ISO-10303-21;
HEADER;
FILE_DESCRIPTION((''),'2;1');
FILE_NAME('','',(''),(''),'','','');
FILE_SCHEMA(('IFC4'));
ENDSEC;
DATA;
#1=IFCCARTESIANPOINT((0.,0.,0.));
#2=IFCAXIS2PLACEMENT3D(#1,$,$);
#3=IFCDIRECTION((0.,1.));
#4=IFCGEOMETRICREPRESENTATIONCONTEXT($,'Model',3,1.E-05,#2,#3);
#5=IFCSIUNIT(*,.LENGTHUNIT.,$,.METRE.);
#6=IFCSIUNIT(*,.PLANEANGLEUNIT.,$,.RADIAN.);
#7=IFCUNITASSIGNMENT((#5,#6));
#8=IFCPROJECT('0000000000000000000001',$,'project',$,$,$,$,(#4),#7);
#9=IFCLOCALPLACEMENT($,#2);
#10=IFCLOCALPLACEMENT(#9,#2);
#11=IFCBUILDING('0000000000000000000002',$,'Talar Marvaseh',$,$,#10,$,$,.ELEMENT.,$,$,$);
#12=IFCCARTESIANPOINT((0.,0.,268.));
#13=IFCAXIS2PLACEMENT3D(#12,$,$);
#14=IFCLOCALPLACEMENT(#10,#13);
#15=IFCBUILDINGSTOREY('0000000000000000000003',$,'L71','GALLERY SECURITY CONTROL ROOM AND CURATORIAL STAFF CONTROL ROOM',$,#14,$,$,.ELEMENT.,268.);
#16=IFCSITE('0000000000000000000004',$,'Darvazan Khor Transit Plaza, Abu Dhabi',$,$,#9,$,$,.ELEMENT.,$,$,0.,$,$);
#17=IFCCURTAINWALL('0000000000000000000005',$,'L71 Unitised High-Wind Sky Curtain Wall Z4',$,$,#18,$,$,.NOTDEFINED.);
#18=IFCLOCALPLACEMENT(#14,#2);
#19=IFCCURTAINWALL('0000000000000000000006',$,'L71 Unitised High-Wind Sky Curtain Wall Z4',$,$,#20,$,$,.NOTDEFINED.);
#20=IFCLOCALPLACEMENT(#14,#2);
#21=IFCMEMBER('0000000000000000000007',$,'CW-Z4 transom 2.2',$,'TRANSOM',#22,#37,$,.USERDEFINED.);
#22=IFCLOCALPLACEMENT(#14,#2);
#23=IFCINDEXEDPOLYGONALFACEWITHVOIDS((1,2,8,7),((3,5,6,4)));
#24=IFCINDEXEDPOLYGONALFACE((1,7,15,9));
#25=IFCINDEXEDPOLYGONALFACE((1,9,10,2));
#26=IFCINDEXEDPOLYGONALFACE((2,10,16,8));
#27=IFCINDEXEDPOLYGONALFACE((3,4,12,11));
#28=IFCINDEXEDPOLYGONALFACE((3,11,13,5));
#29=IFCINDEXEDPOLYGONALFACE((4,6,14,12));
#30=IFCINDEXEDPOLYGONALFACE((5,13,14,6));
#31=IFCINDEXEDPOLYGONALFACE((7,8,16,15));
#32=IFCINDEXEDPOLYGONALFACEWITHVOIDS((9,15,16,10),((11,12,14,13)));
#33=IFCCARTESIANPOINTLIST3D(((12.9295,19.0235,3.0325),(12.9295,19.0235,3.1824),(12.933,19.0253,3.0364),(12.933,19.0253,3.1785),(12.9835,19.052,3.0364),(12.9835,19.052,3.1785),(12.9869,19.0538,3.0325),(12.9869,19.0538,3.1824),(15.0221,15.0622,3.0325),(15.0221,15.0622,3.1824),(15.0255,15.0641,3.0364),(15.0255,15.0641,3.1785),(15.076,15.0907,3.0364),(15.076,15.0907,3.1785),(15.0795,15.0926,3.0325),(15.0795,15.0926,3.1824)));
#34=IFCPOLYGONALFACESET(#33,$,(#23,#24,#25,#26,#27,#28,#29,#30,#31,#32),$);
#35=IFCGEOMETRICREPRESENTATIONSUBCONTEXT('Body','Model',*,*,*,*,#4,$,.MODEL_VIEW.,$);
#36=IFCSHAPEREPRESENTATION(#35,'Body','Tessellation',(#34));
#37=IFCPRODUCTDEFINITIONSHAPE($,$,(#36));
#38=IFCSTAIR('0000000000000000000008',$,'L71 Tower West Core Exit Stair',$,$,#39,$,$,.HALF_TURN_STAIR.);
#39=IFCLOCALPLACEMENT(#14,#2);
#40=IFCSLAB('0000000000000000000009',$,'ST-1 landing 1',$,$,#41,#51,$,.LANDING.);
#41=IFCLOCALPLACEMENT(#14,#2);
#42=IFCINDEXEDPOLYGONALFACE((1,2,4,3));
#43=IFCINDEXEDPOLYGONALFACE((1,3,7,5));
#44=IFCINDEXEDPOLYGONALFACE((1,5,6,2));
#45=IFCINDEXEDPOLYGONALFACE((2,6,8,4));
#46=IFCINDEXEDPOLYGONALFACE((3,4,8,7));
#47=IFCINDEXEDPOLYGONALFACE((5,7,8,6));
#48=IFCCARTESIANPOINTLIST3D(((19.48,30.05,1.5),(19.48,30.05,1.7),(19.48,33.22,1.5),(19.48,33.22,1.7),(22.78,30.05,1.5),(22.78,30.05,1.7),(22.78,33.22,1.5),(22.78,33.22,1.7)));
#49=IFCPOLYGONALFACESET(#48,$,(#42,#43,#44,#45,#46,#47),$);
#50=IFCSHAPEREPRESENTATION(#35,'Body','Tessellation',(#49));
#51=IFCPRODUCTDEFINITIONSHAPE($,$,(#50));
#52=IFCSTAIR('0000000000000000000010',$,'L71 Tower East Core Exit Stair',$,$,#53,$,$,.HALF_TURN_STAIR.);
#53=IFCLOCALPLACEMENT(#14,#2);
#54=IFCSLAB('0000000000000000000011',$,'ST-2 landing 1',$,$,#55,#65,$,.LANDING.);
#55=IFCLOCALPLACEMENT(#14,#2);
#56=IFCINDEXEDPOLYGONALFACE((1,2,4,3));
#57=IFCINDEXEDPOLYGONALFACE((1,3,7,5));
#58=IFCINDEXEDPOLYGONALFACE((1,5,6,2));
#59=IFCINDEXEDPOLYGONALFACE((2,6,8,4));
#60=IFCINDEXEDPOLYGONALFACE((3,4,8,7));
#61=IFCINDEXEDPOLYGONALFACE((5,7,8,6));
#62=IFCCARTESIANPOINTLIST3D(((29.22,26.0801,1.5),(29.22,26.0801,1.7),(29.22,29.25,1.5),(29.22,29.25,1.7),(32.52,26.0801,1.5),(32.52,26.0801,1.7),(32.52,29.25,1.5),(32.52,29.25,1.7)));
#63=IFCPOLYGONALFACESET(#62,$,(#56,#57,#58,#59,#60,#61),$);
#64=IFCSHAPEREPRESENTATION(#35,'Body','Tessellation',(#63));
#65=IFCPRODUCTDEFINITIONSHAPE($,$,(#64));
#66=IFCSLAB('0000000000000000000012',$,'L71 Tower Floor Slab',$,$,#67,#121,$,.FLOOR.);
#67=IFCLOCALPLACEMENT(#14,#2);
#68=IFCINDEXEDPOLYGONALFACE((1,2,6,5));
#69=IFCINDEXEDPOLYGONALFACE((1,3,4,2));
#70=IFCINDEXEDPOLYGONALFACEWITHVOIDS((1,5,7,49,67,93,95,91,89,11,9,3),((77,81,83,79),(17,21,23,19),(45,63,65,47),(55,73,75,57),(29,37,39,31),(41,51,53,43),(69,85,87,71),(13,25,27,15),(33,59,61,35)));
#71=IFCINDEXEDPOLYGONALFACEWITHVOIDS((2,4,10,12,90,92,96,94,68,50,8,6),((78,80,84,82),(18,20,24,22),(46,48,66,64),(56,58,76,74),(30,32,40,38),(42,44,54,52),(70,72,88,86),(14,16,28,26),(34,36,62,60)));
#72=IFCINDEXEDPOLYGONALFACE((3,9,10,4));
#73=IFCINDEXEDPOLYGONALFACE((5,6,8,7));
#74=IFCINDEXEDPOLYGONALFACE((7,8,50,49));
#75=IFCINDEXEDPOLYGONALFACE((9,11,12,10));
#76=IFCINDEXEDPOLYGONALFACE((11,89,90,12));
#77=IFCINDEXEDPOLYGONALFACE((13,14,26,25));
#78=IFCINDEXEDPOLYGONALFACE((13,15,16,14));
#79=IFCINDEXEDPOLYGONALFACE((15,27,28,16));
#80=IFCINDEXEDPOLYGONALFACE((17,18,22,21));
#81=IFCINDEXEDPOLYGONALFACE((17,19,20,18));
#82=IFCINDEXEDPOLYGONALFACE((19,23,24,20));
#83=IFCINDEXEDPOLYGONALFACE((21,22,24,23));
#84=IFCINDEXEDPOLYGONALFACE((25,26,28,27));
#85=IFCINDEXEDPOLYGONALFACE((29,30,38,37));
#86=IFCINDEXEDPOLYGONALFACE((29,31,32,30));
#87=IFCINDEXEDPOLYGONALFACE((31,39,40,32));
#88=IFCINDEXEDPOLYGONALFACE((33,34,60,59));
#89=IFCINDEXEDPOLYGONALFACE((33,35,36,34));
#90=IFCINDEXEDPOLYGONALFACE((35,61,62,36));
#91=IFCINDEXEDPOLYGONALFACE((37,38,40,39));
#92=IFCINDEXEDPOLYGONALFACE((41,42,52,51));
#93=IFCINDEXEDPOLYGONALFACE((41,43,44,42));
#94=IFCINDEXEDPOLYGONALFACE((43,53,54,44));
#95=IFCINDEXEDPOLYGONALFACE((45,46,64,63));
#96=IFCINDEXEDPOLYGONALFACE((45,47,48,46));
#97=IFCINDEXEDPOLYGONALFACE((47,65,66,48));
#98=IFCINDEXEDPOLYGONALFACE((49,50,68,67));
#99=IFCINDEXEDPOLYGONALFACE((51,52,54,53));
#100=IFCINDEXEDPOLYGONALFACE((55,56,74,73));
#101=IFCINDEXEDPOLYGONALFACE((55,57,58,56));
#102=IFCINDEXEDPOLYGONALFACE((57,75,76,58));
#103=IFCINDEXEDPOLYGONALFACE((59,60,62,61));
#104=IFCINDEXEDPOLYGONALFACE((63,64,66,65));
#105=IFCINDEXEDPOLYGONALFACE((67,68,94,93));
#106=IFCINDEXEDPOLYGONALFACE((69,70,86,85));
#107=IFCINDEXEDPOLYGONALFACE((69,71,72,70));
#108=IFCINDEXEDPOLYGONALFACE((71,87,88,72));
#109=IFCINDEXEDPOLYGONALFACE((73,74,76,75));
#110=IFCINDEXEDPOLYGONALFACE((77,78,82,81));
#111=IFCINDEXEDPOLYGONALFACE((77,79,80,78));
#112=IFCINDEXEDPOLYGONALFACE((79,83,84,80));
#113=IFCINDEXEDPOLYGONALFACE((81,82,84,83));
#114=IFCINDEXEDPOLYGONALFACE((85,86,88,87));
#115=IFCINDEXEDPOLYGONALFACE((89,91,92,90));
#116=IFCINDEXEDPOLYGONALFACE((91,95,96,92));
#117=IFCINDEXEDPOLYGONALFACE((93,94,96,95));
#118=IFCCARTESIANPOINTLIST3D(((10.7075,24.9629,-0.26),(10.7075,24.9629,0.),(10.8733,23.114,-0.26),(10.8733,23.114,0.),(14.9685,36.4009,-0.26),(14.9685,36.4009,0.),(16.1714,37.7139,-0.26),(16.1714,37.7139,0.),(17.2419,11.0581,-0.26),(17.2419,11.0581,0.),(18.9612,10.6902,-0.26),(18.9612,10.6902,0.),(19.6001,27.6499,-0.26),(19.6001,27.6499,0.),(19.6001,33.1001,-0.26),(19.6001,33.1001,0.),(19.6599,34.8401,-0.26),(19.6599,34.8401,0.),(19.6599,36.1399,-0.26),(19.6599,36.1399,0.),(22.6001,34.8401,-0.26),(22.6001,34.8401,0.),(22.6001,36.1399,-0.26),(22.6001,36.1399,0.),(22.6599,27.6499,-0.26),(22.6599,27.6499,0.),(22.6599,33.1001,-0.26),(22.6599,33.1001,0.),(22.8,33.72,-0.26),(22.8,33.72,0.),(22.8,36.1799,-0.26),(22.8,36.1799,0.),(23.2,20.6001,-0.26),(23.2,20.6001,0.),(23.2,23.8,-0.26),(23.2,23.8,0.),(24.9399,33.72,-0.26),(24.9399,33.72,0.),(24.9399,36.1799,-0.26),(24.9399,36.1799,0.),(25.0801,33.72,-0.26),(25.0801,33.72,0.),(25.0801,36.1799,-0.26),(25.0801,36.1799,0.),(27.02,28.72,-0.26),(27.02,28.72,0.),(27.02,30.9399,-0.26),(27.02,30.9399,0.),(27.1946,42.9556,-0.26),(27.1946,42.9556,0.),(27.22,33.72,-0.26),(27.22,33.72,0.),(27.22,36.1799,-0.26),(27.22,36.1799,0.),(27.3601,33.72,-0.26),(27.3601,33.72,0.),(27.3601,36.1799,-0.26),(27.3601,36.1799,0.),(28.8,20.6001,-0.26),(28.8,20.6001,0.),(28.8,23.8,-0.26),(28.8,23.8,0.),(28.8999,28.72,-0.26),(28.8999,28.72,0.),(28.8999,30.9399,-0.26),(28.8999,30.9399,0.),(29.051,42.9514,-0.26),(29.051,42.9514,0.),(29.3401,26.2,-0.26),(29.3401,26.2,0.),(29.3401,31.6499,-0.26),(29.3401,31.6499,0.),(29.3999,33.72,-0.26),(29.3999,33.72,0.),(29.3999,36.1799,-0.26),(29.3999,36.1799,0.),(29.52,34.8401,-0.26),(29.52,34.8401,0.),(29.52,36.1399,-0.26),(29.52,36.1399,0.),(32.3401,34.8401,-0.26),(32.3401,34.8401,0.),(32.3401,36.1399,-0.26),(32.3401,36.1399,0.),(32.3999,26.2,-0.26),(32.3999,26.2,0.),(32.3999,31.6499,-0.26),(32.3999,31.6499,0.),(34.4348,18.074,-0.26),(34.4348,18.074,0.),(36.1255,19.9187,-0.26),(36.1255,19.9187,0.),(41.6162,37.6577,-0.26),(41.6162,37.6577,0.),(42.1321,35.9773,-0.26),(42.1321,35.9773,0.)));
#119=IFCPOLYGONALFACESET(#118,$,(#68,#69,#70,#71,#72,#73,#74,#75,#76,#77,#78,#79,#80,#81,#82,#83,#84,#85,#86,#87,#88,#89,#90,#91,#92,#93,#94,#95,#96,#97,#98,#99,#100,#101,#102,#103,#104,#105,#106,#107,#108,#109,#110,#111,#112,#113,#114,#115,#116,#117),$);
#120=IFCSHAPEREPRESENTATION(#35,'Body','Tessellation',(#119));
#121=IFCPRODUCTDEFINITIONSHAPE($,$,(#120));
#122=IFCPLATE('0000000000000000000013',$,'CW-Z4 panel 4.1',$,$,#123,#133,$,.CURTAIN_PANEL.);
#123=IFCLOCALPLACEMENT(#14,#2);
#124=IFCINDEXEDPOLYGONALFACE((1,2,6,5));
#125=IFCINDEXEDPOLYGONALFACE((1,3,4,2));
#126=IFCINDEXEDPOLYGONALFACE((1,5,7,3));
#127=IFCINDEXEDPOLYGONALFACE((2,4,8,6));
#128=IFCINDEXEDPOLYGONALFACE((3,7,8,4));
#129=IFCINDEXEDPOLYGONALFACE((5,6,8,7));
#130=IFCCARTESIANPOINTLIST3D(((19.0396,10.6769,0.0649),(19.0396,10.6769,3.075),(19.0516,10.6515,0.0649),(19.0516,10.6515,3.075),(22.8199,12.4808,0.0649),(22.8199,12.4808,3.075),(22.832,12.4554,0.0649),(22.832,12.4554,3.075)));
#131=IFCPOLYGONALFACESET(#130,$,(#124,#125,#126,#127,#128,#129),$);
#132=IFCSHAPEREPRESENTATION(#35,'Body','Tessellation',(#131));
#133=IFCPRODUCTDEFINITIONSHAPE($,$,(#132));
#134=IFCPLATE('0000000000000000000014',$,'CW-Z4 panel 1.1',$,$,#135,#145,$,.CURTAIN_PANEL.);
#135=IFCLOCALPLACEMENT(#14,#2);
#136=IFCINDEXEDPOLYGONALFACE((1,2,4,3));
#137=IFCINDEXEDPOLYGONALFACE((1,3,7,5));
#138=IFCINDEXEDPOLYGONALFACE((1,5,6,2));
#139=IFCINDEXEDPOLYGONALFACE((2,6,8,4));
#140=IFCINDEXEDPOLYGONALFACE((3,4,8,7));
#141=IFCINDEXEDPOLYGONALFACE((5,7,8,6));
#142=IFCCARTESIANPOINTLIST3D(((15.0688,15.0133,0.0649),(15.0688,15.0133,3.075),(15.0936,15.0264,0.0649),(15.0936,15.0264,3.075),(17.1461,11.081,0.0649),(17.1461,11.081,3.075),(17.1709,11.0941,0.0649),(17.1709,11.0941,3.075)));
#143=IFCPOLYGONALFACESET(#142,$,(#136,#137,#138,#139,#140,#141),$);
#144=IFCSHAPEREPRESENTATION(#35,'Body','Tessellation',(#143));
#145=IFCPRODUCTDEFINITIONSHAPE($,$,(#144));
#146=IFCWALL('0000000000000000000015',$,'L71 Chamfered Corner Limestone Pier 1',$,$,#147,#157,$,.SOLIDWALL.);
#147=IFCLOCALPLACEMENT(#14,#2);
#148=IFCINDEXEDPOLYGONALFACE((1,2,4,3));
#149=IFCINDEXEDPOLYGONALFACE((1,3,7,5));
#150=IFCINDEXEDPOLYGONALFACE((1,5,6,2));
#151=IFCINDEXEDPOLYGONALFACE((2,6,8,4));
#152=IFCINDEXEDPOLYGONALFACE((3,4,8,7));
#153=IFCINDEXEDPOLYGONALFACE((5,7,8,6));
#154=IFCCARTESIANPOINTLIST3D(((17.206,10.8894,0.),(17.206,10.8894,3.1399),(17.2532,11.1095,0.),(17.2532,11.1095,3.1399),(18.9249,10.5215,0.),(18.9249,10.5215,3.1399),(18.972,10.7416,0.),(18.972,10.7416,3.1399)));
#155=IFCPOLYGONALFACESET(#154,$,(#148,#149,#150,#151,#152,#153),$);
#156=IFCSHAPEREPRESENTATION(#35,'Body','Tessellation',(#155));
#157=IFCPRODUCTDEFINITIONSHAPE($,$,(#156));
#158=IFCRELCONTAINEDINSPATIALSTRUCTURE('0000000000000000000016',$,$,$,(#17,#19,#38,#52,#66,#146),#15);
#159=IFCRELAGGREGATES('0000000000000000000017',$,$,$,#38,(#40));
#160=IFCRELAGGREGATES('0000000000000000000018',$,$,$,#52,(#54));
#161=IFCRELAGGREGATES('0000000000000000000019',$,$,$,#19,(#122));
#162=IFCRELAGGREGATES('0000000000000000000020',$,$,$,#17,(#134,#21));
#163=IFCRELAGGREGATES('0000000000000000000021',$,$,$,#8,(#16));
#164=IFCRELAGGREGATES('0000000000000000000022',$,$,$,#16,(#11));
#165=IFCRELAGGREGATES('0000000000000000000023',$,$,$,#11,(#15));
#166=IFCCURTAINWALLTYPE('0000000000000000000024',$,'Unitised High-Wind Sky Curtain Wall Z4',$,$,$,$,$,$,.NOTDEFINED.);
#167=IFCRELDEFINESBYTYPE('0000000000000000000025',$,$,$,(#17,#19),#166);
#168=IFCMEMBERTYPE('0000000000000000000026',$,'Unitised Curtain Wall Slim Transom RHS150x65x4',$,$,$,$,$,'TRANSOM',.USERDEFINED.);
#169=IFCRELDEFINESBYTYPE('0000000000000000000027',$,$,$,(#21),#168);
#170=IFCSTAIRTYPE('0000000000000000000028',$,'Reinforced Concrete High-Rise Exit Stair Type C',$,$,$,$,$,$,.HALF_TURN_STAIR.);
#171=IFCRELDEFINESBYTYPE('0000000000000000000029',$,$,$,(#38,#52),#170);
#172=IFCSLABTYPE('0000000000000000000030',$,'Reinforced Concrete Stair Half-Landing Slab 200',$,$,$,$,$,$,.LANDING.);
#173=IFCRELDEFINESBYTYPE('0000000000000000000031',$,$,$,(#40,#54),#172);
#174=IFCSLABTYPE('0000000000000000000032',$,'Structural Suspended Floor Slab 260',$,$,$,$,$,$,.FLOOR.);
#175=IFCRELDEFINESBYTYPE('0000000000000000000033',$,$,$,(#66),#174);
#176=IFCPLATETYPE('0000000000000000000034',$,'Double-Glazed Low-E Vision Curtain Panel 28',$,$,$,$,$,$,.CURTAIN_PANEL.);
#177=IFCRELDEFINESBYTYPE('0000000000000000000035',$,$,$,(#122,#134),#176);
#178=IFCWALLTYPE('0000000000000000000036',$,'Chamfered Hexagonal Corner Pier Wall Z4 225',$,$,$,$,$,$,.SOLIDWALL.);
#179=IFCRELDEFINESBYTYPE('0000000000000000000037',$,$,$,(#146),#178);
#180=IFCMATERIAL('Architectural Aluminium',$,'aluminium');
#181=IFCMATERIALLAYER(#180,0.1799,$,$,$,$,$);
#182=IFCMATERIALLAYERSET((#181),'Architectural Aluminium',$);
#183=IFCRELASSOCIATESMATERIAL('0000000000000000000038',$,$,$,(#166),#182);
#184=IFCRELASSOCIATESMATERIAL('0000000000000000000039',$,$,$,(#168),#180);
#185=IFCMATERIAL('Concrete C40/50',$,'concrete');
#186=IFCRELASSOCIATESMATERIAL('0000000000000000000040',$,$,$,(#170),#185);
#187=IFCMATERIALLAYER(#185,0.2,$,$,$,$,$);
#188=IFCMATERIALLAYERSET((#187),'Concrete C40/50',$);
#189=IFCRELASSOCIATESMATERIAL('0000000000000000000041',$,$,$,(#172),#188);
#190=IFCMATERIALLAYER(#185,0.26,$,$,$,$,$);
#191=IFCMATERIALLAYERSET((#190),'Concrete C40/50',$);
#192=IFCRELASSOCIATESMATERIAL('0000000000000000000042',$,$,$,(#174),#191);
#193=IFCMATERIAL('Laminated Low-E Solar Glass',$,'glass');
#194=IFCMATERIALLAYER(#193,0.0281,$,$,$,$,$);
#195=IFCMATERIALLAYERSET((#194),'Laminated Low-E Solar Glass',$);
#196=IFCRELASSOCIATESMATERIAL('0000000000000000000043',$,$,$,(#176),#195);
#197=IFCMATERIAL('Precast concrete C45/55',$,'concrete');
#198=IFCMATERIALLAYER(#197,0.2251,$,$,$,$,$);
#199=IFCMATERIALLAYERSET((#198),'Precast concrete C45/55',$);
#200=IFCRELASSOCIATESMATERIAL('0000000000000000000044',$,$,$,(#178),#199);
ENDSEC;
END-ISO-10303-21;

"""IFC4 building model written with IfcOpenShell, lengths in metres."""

from ifc_helpers import new_model, si_unit, direction, frame, frame_2d, origin, origin_2d, place, context, subcontext, project, spatial, polyline, rectangle, hollow_rectangle, outline, extrude, source, transform, mapped, material, layer, layer_set, material_profile, profile_set, type_object, type_shapes, element, aggregate, save


model = new_model("IFC4")

# Units and contexts
model_context = context("Model", 3, precision=1e-05, world=origin(), true_north=direction((0.0, 1.0)))
body_context = subcontext(model_context, "Body", "Model", "MODEL_VIEW")
ifc_project = project(units=[si_unit("LENGTHUNIT", "METRE"), si_unit("PLANEANGLEUNIT", "RADIAN")], contexts=[model_context])

# Site, building, storey
site_placement = place(None, origin())
site = spatial("IfcSite", under=ifc_project, at=site_placement, Name="Darvazan Khor Transit Plaza, Abu Dhabi", CompositionType="ELEMENT", RefElevation=0.0)
building_placement = place(site_placement, origin())
building = spatial("IfcBuilding", under=site, at=building_placement, Name="Talar Marvaseh", CompositionType="ELEMENT")
storey_placement = place(building_placement, frame((0.0, 0.0, 268.0)))
storey = spatial("IfcBuildingStorey", under=building, at=storey_placement, Name="L71", Description="GALLERY SECURITY CONTROL ROOM AND CURATORIAL STAFF CONTROL ROOM", CompositionType="ELEMENT", Elevation=268.0)

# Curtain wall
ifc_material_1 = material(Name="Architectural Aluminium", Category="aluminium")
ifc_layer_1 = layer(ifc_material_1, 0.1799)
ifc_layer_set_1 = layer_set([ifc_layer_1], Name="Architectural Aluminium")
curtain_wall_type = type_object("IfcCurtainWallType", Name="Unitised High-Wind Sky Curtain Wall Z4", PredefinedType="NOTDEFINED", material=ifc_layer_set_1)
curtain_wall_1_placement = place(storey_placement, origin())
curtain_wall_1 = element("IfcCurtainWall", 1, at=curtain_wall_1_placement, inside=storey, type_object=curtain_wall_type, Name="L71 Unitised High-Wind Sky Curtain Wall Z4", PredefinedType="NOTDEFINED")

# Curtain wall
curtain_wall_2_placement = place(storey_placement, origin())
curtain_wall_2 = element("IfcCurtainWall", 2, at=curtain_wall_2_placement, inside=storey, type_object=curtain_wall_type, Name="L71 Unitised High-Wind Sky Curtain Wall Z4", PredefinedType="NOTDEFINED")

# Member
ifc_material_profile_1 = material_profile(ifc_material_1, hollow_rectangle(XDim=0.0649, YDim=0.1499, WallThickness=0.0039, at=origin_2d()), Name="RHS150x65x4")
ifc_profile_set_1 = profile_set([ifc_material_profile_1], Name="Architectural Aluminium")
member_type_1 = type_object("IfcMemberType", Name="Unitised Curtain Wall Slim Transom RHS150x65x4", ElementType="TRANSOM", PredefinedType="USERDEFINED", material=ifc_profile_set_1)
shared_shape_1 = source(origin(), body_context, "Body", "SweptSolid", [
    extrude(hollow_rectangle(XDim=0.0649, YDim=0.1499, WallThickness=0.0039, at=origin_2d()), origin(), (0.0, 0.0, 1.0), 4.48),
])
member_1_placement = place(storey_placement, frame((15.0508, 15.0774, 3.1074), z_axis=(-0.467091, 0.884209, 0.0), x_axis=(-0.884209, -0.467091, 0.0)))
member_1 = element("IfcMember", 3, at=member_1_placement, type_object=member_type_1, Name="CW-Z4 transom 2.2", ObjectType="TRANSOM", PredefinedType="USERDEFINED", context=body_context, shape_type="MappedRepresentation", body=[
    mapped(shared_shape_1, transform((0.0, 0.0, 0.0), x_axis=(1.0, 0.0, 0.0), y_axis=(0.0, 1.0, 0.0), z_axis=(0.0, 0.0, 1.0), scale=1.0)),
])

# Stairs, slabs
ifc_material_2 = material(Name="Concrete C40/50", Category="concrete")
stair_type = type_object("IfcStairType", Name="Reinforced Concrete High-Rise Exit Stair Type C", PredefinedType="HALF_TURN_STAIR", material=ifc_material_2)
stair_1_placement = place(storey_placement, origin())
stair_1 = element("IfcStair", 4, at=stair_1_placement, inside=storey, type_object=stair_type, Name="L71 Tower West Core Exit Stair", PredefinedType="HALF_TURN_STAIR")
ifc_layer_2 = layer(ifc_material_2, 0.2)
ifc_layer_set_2 = layer_set([ifc_layer_2], Name="Concrete C40/50")
slab_type_1 = type_object("IfcSlabType", Name="Reinforced Concrete Stair Half-Landing Slab 200", PredefinedType="LANDING", material=ifc_layer_set_2)
slab_1_placement = place(storey_placement, frame((0.0, 0.0, 1.5)))
slab_1 = element("IfcSlab", 5, at=slab_1_placement, type_object=slab_type_1, Name="ST-1 landing 1", PredefinedType="LANDING", context=body_context, shape_type="SweptSolid", body=[
    extrude(outline(polyline([(22.78, 30.05), (22.78, 33.22), (19.48, 33.22), (19.48, 30.05), (22.78, 30.05)])), origin(), (0.0, 0.0, 1.0), 0.2),
])
aggregate(stair_1, [slab_1])
stair_2_placement = place(storey_placement, origin())
stair_2 = element("IfcStair", 6, at=stair_2_placement, inside=storey, type_object=stair_type, Name="L71 Tower East Core Exit Stair", PredefinedType="HALF_TURN_STAIR")
slab_2_placement = place(storey_placement, frame((0.0, 0.0, 1.5)))
slab_2 = element("IfcSlab", 7, at=slab_2_placement, type_object=slab_type_1, Name="ST-2 landing 1", PredefinedType="LANDING", context=body_context, shape_type="SweptSolid", body=[
    extrude(outline(polyline([(29.22, 29.25), (29.22, 26.0801), (32.52, 26.0801), (32.52, 29.25), (29.22, 29.25)])), origin(), (0.0, 0.0, 1.0), 0.2),
])
aggregate(stair_2, [slab_2])

# Slab
ifc_layer_3 = layer(ifc_material_2, 0.26)
ifc_layer_set_3 = layer_set([ifc_layer_3], Name="Concrete C40/50")
slab_type_2 = type_object("IfcSlabType", Name="Structural Suspended Floor Slab 260", PredefinedType="FLOOR", material=ifc_layer_set_3)
slab_3_placement = place(storey_placement, frame((0.0, 0.0, -0.26)))
element("IfcSlab", 8, at=slab_3_placement, inside=storey, type_object=slab_type_2, Name="L71 Tower Floor Slab", PredefinedType="FLOOR", context=body_context, shape_type="SweptSolid", body=[
    extrude(outline(polyline([(18.9612, 10.6902), (17.2419, 11.0581), (10.8733, 23.114), (10.7075, 24.9629), (14.9685, 36.4009), (16.1714, 37.7139), (27.1946, 42.9556), (29.051, 42.9514), (41.6162, 37.6577), (42.1321, 35.9773), (36.1255, 19.9187), (34.4348, 18.074), (18.9612, 10.6902)]), holes=[polyline([(22.6599, 27.6499), (22.6599, 33.1001), (19.6001, 33.1001), (19.6001, 27.6499), (22.6599, 27.6499)]), polyline([(29.3401, 31.6499), (29.3401, 26.2), (32.3999, 26.2), (32.3999, 31.6499), (29.3401, 31.6499)]), polyline([(22.8, 33.72), (24.9399, 33.72), (24.9399, 36.1799), (22.8, 36.1799), (22.8, 33.72)]), polyline([(25.0801, 33.72), (27.22, 33.72), (27.22, 36.1799), (25.0801, 36.1799), (25.0801, 33.72)]), polyline([(27.3601, 33.72), (29.3999, 33.72), (29.3999, 36.1799), (27.3601, 36.1799), (27.3601, 33.72)]), polyline([(27.02, 28.72), (28.8999, 28.72), (28.8999, 30.9399), (27.02, 30.9399), (27.02, 28.72)]), polyline([(19.6599, 34.8401), (22.6001, 34.8401), (22.6001, 36.1399), (19.6599, 36.1399), (19.6599, 34.8401)]), polyline([(29.52, 34.8401), (32.3401, 34.8401), (32.3401, 36.1399), (29.52, 36.1399), (29.52, 34.8401)]), polyline([(23.2, 20.6001), (28.8, 20.6001), (28.8, 23.8), (23.2, 23.8), (23.2, 20.6001)])]), origin(), (0.0, 0.0, 1.0), 0.26),
])

# Plates
ifc_material_3 = material(Name="Laminated Low-E Solar Glass", Category="glass")
ifc_layer_4 = layer(ifc_material_3, 0.0281)
ifc_layer_set_4 = layer_set([ifc_layer_4], Name="Laminated Low-E Solar Glass")
plate_type = type_object("IfcPlateType", Name="Double-Glazed Low-E Vision Curtain Panel 28", PredefinedType="CURTAIN_PANEL", material=ifc_layer_set_4)
shared_shape_2 = source(origin(), body_context, "Body", "SweptSolid", [
    extrude(rectangle(XDim=4.1887, YDim=0.0281, at=origin_2d()), origin(), (0.0, 0.0, 1.0), 3.01),
])
plate_1_placement = place(storey_placement, frame((20.9358, 11.5662, 0.0649), z_axis=(0.0, 0.0, 1.0), x_axis=(-0.902517, -0.430655, 0.0)))
plate_1 = element("IfcPlate", 9, at=plate_1_placement, type_object=plate_type, Name="CW-Z4 panel 4.1", PredefinedType="CURTAIN_PANEL", context=body_context, shape_type="MappedRepresentation", body=[
    mapped(shared_shape_2, transform((0.0, 0.0, 0.0), x_axis=(1.0, 0.0, 0.0), y_axis=(0.0, 1.0, 0.0), z_axis=(0.0, 0.0, 1.0), scale=1.0)),
])
aggregate(curtain_wall_2, [plate_1])
shared_shape_3 = source(origin(), body_context, "Body", "SweptSolid", [
    extrude(rectangle(XDim=4.4473, YDim=0.0281, at=origin_2d()), origin(), (0.0, 0.0, 1.0), 3.01),
])
type_shapes(plate_type, [shared_shape_2, shared_shape_3])
plate_2_placement = place(storey_placement, frame((16.1199, 13.0537, 0.0649), z_axis=(0.0, 0.0, 1.0), x_axis=(-0.467098, 0.884206, 0.0)))
plate_2 = element("IfcPlate", 10, at=plate_2_placement, type_object=plate_type, Name="CW-Z4 panel 1.1", PredefinedType="CURTAIN_PANEL", context=body_context, shape_type="MappedRepresentation", body=[
    mapped(shared_shape_3, transform((0.0, 0.0, 0.0), x_axis=(1.0, 0.0, 0.0), y_axis=(0.0, 1.0, 0.0), z_axis=(0.0, 0.0, 1.0), scale=1.0)),
])
aggregate(curtain_wall_1, [plate_2, member_1])

# Wall
ifc_material_4 = material(Name="Precast concrete C45/55", Category="concrete")
ifc_layer_5 = layer(ifc_material_4, 0.2251)
ifc_layer_set_5 = layer_set([ifc_layer_5], Name="Precast concrete C45/55")
wall_type = type_object("IfcWallType", Name="Chamfered Hexagonal Corner Pier Wall Z4 225", PredefinedType="SOLIDWALL", material=ifc_layer_set_5)
wall_placement = place(storey_placement, frame((18.9485, 10.6316, 0.0), z_axis=(0.0, 0.0, 1.0), x_axis=(-0.977853, 0.209292, 0.0)))
element("IfcWall", 11, at=wall_placement, inside=storey, type_object=wall_type, Name="L71 Chamfered Corner Limestone Pier 1", PredefinedType="SOLIDWALL", context=body_context, shape_type="SweptSolid", body=[
    extrude(rectangle(XDim=1.7578, YDim=0.2251, at=frame_2d((0.8789, 0.0))), origin(), (0.0, 0.0, 1.0), 3.1399),
])

save(model, "model.ifc")
